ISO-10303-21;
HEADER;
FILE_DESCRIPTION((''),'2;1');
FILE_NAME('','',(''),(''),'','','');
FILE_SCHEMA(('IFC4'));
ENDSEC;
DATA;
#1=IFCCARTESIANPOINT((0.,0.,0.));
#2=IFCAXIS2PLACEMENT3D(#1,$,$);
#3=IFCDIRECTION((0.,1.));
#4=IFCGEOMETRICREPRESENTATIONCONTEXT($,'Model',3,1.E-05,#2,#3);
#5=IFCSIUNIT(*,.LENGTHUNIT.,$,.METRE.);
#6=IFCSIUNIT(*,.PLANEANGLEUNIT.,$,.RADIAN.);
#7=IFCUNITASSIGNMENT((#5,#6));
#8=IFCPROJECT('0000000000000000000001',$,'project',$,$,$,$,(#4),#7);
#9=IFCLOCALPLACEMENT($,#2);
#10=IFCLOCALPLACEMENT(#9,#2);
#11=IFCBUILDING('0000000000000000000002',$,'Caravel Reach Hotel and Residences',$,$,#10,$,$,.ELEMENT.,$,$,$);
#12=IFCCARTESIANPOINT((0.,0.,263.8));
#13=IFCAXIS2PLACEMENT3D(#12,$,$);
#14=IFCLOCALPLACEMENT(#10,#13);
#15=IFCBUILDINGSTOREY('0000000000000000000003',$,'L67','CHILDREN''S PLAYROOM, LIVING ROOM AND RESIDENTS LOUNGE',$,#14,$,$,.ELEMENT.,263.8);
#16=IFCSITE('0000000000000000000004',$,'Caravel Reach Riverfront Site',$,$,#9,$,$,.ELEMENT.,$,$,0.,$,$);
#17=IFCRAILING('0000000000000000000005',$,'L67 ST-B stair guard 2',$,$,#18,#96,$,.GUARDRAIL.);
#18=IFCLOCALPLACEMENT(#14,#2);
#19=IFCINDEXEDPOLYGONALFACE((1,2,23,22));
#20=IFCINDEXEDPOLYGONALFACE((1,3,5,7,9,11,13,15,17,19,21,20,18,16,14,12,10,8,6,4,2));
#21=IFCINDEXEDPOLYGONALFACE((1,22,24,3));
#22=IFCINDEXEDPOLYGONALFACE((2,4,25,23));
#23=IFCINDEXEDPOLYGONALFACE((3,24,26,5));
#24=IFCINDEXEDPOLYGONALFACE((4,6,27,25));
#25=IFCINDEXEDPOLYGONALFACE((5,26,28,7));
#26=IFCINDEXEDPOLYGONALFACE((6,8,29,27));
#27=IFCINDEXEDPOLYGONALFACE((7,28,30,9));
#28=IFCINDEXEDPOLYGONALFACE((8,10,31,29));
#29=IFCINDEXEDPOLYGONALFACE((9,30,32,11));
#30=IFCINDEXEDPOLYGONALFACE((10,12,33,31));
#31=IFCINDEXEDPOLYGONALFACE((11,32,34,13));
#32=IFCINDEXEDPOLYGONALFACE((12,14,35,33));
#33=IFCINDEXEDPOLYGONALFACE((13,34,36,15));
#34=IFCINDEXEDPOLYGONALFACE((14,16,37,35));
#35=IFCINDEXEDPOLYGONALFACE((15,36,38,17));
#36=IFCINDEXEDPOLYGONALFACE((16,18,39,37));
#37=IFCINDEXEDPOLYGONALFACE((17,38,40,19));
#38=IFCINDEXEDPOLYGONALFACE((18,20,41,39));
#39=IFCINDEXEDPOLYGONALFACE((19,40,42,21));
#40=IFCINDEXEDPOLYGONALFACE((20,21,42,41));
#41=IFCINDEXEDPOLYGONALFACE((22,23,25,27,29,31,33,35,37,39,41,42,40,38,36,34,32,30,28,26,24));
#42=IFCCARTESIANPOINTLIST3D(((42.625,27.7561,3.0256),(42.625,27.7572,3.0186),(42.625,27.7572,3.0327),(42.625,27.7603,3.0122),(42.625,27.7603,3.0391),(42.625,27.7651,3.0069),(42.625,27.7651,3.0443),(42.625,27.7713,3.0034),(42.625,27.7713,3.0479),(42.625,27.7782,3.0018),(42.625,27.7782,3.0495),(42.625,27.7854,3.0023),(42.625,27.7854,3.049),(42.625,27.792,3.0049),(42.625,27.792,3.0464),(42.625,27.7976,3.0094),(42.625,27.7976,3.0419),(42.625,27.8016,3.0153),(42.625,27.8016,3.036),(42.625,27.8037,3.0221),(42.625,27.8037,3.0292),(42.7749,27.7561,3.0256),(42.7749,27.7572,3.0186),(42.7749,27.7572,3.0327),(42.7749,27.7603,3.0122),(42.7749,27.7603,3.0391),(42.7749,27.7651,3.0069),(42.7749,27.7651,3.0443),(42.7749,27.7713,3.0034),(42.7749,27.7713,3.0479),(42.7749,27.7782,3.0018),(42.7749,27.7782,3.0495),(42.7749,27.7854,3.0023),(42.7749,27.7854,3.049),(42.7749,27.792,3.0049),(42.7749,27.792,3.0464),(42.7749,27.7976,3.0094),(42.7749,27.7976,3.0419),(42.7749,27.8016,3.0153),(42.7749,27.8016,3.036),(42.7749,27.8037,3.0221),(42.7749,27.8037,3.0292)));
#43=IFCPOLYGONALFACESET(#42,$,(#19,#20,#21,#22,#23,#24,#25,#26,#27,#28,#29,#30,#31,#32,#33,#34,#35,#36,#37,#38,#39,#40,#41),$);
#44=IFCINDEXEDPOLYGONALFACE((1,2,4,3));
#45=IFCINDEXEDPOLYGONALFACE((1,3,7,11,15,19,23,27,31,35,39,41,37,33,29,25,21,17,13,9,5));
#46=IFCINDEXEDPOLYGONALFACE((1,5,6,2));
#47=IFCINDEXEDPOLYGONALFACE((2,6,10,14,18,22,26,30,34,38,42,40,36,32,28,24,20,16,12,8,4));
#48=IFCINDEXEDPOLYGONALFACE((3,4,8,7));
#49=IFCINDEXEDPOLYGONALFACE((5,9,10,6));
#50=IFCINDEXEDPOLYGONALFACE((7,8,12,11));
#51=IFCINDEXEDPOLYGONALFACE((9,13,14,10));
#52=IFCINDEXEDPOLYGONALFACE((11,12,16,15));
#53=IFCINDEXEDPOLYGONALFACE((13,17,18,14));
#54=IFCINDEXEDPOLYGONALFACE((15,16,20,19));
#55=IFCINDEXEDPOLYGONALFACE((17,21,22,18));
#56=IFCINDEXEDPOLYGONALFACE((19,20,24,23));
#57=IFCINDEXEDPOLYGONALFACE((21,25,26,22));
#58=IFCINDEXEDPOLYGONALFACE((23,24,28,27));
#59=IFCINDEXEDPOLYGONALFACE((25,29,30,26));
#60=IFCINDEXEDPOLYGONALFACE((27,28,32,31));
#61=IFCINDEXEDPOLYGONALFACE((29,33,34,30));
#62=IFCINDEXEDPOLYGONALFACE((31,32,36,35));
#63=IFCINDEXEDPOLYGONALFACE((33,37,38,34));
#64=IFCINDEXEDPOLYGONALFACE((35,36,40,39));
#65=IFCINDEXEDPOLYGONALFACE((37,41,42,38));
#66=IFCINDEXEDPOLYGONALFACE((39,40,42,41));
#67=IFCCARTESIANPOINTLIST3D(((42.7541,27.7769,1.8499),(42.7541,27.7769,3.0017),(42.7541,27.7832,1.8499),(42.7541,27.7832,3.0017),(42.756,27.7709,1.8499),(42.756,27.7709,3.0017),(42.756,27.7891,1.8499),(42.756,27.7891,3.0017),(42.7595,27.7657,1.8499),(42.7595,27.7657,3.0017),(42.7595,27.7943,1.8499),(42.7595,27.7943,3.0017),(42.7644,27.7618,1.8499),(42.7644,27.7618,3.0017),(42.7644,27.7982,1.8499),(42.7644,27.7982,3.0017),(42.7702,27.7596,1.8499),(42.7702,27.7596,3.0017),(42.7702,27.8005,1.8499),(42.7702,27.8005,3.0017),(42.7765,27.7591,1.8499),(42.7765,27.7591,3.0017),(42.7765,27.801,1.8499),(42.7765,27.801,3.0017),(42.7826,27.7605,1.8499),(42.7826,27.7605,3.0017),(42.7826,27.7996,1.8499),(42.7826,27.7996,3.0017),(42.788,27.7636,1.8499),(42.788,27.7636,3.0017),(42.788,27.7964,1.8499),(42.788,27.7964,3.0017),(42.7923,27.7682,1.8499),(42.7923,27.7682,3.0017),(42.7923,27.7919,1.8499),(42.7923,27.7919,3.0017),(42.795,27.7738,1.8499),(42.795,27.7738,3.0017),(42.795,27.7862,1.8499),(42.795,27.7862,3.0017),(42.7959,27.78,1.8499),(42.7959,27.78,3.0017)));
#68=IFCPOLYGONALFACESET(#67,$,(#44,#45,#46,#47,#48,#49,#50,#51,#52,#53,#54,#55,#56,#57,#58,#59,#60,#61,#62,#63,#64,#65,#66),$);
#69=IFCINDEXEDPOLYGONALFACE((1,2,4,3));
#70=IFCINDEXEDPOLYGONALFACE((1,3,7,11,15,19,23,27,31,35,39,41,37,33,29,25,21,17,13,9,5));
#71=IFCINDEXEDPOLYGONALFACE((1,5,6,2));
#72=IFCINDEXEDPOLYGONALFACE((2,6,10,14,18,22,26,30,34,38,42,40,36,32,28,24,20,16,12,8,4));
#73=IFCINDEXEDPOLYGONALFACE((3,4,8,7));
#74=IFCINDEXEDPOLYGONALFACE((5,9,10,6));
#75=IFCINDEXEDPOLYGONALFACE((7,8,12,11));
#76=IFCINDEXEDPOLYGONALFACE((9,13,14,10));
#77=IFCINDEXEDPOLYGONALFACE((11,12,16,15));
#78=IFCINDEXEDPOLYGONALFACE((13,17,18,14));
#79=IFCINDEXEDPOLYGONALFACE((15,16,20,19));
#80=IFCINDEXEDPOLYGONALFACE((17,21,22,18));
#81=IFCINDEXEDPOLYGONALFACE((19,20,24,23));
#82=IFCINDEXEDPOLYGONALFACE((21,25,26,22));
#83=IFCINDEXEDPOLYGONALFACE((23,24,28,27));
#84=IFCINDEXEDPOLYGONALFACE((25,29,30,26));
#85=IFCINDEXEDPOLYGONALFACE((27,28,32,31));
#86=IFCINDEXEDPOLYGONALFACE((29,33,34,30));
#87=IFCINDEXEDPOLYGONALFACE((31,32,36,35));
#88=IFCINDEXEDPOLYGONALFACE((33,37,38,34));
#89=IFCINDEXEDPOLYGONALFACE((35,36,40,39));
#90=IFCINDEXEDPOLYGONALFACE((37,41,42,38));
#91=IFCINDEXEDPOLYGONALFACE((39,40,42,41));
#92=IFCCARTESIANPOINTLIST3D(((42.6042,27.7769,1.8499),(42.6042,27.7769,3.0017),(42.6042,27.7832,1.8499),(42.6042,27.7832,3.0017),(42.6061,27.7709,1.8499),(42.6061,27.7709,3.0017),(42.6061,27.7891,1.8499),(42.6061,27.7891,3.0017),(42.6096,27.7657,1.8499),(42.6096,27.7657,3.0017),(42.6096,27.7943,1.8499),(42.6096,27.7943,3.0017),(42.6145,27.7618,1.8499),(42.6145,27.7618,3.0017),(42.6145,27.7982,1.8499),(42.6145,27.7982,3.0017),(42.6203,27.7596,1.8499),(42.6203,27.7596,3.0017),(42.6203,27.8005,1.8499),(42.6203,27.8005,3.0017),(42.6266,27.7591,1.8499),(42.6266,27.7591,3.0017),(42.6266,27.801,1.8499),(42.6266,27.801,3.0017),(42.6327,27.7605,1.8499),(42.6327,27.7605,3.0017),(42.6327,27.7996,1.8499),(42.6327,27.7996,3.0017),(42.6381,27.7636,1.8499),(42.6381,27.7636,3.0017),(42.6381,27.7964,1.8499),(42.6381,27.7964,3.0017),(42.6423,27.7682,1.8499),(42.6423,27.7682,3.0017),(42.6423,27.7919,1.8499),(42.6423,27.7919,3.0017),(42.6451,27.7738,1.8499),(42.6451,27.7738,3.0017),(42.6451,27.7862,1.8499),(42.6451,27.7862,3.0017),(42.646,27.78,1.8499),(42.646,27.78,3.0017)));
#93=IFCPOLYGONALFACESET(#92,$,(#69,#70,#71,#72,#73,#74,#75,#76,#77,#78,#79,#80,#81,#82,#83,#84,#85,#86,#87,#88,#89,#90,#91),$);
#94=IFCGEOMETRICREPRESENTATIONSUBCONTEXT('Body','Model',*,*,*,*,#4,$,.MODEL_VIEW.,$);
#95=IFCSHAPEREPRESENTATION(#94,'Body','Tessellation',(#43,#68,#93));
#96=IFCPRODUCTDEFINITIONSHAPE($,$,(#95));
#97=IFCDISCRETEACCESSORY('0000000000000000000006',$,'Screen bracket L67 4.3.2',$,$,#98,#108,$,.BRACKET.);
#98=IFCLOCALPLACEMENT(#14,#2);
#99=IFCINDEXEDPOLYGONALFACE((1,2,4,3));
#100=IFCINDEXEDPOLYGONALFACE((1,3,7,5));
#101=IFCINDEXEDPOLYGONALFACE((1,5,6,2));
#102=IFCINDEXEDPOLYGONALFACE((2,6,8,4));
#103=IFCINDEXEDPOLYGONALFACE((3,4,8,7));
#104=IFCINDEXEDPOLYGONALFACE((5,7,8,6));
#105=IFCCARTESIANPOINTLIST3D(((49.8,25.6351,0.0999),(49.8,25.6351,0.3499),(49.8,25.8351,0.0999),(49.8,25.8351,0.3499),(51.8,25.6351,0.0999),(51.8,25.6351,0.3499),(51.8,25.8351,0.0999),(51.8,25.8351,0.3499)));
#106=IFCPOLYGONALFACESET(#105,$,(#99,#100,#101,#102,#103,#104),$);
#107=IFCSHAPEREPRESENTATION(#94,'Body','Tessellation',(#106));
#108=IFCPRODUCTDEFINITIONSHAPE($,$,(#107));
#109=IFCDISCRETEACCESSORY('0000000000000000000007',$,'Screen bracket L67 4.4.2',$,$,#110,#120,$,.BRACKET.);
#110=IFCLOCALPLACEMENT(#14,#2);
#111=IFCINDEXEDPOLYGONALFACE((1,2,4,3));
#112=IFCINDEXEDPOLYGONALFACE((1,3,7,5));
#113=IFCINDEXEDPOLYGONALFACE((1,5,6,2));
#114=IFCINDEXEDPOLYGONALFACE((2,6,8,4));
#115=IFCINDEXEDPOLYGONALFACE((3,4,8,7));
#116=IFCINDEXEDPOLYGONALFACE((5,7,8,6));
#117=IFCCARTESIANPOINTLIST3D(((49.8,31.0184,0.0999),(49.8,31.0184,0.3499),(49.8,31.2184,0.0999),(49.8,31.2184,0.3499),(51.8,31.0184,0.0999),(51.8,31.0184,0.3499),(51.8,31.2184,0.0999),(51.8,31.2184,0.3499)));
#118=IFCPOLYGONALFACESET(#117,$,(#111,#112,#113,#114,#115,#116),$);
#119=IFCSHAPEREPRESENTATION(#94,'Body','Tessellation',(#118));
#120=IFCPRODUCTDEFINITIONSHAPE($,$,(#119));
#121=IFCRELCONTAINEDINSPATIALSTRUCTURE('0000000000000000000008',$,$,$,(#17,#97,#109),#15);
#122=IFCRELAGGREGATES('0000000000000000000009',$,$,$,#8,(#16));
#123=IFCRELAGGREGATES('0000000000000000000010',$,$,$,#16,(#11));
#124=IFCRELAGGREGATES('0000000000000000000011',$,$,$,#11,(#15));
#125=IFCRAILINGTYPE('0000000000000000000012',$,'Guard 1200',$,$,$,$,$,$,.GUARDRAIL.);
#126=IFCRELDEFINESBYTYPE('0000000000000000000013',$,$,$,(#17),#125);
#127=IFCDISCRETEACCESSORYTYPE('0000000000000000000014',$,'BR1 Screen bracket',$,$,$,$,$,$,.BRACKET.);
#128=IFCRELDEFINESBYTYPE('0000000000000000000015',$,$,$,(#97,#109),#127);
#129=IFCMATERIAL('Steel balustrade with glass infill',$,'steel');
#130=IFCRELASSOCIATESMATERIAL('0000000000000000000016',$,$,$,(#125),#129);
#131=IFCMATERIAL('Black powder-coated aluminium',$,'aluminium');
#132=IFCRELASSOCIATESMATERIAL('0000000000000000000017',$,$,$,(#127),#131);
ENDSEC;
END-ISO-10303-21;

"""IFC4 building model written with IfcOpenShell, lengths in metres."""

from ifc_helpers import new_model, si_unit, direction, frame, origin, origin_2d, place, context, subcontext, project, spatial, rectangle, circle, extrude, material, type_object, element, save


model = new_model("IFC4")

# Units and contexts
model_context = context("Model", 3, precision=1e-05, world=origin(), true_north=direction((0.0, 1.0)))
body_context = subcontext(model_context, "Body", "Model", "MODEL_VIEW")
ifc_project = project(units=[si_unit("LENGTHUNIT", "METRE"), si_unit("PLANEANGLEUNIT", "RADIAN")], contexts=[model_context])

# Site, building, storey
site_placement = place(None, origin())
site = spatial("IfcSite", under=ifc_project, at=site_placement, Name="Caravel Reach Riverfront Site", CompositionType="ELEMENT", RefElevation=0.0)
building_placement = place(site_placement, origin())
building = spatial("IfcBuilding", under=site, at=building_placement, Name="Caravel Reach Hotel and Residences", CompositionType="ELEMENT")
storey_placement = place(building_placement, frame((0.0, 0.0, 263.8)))
storey = spatial("IfcBuildingStorey", under=building, at=storey_placement, Name="L67", Description="CHILDREN'S PLAYROOM, LIVING ROOM AND RESIDENTS LOUNGE", CompositionType="ELEMENT", Elevation=263.8)

# Railing
ifc_material_1 = material(Name="Steel balustrade with glass infill", Category="steel")
railing_type = type_object("IfcRailingType", Name="Guard 1200", PredefinedType="GUARDRAIL", material=ifc_material_1)
railing_placement = place(storey_placement, frame((42.7749, 27.78, 1.8499)))
element("IfcRailing", 1, at=railing_placement, inside=storey, type_object=railing_type, Name="L67 ST-B stair guard 2", PredefinedType="GUARDRAIL", context=body_context, shape_type="SweptSolid", body=[
    extrude(circle(Radius=0.0239, at=origin_2d()), frame((0.0, 0.0, 1.1758), z_axis=(-1.0, 0.0, 0.0), x_axis=(0.0, -1.0, 0.0)), (0.0, 0.0, 1.0), 0.1499),
    extrude(circle(Radius=0.021, at=origin_2d()), origin(), (0.0, 0.0, 1.0), 1.1519),
    extrude(circle(Radius=0.021, at=origin_2d()), frame((-0.1499, 0.0, 0.0)), (0.0, 0.0, 1.0), 1.1519),
])

# Discrete accessories
ifc_material_2 = material(Name="Black powder-coated aluminium", Category="aluminium")
discrete_accessory_type = type_object("IfcDiscreteAccessoryType", Name="BR1 Screen bracket", PredefinedType="BRACKET", material=ifc_material_2)
for number, where, z_axis, x_axis, name in (
    (2, (50.8, 25.7351, 0.0999), (0.0, 0.0, 1.0), (1.0, 0.0, 0.0), "Screen bracket L67 4.3.2"),
    (3, (50.8, 31.1184, 0.0999), (0.0, 0.0, 1.0), (1.0, 0.0, 0.0), "Screen bracket L67 4.4.2"),
):
    element("IfcDiscreteAccessory", number, at=place(storey_placement, frame(where, z_axis=z_axis, x_axis=x_axis)), inside=storey, type_object=discrete_accessory_type, Name=name, PredefinedType="BRACKET", context=body_context, shape_type="SweptSolid", body=[
        extrude(rectangle(XDim=2.0, YDim=0.2, at=origin_2d()), origin(), (0.0, 0.0, 1.0), 0.25),
    ])

save(model, "model.ifc")
